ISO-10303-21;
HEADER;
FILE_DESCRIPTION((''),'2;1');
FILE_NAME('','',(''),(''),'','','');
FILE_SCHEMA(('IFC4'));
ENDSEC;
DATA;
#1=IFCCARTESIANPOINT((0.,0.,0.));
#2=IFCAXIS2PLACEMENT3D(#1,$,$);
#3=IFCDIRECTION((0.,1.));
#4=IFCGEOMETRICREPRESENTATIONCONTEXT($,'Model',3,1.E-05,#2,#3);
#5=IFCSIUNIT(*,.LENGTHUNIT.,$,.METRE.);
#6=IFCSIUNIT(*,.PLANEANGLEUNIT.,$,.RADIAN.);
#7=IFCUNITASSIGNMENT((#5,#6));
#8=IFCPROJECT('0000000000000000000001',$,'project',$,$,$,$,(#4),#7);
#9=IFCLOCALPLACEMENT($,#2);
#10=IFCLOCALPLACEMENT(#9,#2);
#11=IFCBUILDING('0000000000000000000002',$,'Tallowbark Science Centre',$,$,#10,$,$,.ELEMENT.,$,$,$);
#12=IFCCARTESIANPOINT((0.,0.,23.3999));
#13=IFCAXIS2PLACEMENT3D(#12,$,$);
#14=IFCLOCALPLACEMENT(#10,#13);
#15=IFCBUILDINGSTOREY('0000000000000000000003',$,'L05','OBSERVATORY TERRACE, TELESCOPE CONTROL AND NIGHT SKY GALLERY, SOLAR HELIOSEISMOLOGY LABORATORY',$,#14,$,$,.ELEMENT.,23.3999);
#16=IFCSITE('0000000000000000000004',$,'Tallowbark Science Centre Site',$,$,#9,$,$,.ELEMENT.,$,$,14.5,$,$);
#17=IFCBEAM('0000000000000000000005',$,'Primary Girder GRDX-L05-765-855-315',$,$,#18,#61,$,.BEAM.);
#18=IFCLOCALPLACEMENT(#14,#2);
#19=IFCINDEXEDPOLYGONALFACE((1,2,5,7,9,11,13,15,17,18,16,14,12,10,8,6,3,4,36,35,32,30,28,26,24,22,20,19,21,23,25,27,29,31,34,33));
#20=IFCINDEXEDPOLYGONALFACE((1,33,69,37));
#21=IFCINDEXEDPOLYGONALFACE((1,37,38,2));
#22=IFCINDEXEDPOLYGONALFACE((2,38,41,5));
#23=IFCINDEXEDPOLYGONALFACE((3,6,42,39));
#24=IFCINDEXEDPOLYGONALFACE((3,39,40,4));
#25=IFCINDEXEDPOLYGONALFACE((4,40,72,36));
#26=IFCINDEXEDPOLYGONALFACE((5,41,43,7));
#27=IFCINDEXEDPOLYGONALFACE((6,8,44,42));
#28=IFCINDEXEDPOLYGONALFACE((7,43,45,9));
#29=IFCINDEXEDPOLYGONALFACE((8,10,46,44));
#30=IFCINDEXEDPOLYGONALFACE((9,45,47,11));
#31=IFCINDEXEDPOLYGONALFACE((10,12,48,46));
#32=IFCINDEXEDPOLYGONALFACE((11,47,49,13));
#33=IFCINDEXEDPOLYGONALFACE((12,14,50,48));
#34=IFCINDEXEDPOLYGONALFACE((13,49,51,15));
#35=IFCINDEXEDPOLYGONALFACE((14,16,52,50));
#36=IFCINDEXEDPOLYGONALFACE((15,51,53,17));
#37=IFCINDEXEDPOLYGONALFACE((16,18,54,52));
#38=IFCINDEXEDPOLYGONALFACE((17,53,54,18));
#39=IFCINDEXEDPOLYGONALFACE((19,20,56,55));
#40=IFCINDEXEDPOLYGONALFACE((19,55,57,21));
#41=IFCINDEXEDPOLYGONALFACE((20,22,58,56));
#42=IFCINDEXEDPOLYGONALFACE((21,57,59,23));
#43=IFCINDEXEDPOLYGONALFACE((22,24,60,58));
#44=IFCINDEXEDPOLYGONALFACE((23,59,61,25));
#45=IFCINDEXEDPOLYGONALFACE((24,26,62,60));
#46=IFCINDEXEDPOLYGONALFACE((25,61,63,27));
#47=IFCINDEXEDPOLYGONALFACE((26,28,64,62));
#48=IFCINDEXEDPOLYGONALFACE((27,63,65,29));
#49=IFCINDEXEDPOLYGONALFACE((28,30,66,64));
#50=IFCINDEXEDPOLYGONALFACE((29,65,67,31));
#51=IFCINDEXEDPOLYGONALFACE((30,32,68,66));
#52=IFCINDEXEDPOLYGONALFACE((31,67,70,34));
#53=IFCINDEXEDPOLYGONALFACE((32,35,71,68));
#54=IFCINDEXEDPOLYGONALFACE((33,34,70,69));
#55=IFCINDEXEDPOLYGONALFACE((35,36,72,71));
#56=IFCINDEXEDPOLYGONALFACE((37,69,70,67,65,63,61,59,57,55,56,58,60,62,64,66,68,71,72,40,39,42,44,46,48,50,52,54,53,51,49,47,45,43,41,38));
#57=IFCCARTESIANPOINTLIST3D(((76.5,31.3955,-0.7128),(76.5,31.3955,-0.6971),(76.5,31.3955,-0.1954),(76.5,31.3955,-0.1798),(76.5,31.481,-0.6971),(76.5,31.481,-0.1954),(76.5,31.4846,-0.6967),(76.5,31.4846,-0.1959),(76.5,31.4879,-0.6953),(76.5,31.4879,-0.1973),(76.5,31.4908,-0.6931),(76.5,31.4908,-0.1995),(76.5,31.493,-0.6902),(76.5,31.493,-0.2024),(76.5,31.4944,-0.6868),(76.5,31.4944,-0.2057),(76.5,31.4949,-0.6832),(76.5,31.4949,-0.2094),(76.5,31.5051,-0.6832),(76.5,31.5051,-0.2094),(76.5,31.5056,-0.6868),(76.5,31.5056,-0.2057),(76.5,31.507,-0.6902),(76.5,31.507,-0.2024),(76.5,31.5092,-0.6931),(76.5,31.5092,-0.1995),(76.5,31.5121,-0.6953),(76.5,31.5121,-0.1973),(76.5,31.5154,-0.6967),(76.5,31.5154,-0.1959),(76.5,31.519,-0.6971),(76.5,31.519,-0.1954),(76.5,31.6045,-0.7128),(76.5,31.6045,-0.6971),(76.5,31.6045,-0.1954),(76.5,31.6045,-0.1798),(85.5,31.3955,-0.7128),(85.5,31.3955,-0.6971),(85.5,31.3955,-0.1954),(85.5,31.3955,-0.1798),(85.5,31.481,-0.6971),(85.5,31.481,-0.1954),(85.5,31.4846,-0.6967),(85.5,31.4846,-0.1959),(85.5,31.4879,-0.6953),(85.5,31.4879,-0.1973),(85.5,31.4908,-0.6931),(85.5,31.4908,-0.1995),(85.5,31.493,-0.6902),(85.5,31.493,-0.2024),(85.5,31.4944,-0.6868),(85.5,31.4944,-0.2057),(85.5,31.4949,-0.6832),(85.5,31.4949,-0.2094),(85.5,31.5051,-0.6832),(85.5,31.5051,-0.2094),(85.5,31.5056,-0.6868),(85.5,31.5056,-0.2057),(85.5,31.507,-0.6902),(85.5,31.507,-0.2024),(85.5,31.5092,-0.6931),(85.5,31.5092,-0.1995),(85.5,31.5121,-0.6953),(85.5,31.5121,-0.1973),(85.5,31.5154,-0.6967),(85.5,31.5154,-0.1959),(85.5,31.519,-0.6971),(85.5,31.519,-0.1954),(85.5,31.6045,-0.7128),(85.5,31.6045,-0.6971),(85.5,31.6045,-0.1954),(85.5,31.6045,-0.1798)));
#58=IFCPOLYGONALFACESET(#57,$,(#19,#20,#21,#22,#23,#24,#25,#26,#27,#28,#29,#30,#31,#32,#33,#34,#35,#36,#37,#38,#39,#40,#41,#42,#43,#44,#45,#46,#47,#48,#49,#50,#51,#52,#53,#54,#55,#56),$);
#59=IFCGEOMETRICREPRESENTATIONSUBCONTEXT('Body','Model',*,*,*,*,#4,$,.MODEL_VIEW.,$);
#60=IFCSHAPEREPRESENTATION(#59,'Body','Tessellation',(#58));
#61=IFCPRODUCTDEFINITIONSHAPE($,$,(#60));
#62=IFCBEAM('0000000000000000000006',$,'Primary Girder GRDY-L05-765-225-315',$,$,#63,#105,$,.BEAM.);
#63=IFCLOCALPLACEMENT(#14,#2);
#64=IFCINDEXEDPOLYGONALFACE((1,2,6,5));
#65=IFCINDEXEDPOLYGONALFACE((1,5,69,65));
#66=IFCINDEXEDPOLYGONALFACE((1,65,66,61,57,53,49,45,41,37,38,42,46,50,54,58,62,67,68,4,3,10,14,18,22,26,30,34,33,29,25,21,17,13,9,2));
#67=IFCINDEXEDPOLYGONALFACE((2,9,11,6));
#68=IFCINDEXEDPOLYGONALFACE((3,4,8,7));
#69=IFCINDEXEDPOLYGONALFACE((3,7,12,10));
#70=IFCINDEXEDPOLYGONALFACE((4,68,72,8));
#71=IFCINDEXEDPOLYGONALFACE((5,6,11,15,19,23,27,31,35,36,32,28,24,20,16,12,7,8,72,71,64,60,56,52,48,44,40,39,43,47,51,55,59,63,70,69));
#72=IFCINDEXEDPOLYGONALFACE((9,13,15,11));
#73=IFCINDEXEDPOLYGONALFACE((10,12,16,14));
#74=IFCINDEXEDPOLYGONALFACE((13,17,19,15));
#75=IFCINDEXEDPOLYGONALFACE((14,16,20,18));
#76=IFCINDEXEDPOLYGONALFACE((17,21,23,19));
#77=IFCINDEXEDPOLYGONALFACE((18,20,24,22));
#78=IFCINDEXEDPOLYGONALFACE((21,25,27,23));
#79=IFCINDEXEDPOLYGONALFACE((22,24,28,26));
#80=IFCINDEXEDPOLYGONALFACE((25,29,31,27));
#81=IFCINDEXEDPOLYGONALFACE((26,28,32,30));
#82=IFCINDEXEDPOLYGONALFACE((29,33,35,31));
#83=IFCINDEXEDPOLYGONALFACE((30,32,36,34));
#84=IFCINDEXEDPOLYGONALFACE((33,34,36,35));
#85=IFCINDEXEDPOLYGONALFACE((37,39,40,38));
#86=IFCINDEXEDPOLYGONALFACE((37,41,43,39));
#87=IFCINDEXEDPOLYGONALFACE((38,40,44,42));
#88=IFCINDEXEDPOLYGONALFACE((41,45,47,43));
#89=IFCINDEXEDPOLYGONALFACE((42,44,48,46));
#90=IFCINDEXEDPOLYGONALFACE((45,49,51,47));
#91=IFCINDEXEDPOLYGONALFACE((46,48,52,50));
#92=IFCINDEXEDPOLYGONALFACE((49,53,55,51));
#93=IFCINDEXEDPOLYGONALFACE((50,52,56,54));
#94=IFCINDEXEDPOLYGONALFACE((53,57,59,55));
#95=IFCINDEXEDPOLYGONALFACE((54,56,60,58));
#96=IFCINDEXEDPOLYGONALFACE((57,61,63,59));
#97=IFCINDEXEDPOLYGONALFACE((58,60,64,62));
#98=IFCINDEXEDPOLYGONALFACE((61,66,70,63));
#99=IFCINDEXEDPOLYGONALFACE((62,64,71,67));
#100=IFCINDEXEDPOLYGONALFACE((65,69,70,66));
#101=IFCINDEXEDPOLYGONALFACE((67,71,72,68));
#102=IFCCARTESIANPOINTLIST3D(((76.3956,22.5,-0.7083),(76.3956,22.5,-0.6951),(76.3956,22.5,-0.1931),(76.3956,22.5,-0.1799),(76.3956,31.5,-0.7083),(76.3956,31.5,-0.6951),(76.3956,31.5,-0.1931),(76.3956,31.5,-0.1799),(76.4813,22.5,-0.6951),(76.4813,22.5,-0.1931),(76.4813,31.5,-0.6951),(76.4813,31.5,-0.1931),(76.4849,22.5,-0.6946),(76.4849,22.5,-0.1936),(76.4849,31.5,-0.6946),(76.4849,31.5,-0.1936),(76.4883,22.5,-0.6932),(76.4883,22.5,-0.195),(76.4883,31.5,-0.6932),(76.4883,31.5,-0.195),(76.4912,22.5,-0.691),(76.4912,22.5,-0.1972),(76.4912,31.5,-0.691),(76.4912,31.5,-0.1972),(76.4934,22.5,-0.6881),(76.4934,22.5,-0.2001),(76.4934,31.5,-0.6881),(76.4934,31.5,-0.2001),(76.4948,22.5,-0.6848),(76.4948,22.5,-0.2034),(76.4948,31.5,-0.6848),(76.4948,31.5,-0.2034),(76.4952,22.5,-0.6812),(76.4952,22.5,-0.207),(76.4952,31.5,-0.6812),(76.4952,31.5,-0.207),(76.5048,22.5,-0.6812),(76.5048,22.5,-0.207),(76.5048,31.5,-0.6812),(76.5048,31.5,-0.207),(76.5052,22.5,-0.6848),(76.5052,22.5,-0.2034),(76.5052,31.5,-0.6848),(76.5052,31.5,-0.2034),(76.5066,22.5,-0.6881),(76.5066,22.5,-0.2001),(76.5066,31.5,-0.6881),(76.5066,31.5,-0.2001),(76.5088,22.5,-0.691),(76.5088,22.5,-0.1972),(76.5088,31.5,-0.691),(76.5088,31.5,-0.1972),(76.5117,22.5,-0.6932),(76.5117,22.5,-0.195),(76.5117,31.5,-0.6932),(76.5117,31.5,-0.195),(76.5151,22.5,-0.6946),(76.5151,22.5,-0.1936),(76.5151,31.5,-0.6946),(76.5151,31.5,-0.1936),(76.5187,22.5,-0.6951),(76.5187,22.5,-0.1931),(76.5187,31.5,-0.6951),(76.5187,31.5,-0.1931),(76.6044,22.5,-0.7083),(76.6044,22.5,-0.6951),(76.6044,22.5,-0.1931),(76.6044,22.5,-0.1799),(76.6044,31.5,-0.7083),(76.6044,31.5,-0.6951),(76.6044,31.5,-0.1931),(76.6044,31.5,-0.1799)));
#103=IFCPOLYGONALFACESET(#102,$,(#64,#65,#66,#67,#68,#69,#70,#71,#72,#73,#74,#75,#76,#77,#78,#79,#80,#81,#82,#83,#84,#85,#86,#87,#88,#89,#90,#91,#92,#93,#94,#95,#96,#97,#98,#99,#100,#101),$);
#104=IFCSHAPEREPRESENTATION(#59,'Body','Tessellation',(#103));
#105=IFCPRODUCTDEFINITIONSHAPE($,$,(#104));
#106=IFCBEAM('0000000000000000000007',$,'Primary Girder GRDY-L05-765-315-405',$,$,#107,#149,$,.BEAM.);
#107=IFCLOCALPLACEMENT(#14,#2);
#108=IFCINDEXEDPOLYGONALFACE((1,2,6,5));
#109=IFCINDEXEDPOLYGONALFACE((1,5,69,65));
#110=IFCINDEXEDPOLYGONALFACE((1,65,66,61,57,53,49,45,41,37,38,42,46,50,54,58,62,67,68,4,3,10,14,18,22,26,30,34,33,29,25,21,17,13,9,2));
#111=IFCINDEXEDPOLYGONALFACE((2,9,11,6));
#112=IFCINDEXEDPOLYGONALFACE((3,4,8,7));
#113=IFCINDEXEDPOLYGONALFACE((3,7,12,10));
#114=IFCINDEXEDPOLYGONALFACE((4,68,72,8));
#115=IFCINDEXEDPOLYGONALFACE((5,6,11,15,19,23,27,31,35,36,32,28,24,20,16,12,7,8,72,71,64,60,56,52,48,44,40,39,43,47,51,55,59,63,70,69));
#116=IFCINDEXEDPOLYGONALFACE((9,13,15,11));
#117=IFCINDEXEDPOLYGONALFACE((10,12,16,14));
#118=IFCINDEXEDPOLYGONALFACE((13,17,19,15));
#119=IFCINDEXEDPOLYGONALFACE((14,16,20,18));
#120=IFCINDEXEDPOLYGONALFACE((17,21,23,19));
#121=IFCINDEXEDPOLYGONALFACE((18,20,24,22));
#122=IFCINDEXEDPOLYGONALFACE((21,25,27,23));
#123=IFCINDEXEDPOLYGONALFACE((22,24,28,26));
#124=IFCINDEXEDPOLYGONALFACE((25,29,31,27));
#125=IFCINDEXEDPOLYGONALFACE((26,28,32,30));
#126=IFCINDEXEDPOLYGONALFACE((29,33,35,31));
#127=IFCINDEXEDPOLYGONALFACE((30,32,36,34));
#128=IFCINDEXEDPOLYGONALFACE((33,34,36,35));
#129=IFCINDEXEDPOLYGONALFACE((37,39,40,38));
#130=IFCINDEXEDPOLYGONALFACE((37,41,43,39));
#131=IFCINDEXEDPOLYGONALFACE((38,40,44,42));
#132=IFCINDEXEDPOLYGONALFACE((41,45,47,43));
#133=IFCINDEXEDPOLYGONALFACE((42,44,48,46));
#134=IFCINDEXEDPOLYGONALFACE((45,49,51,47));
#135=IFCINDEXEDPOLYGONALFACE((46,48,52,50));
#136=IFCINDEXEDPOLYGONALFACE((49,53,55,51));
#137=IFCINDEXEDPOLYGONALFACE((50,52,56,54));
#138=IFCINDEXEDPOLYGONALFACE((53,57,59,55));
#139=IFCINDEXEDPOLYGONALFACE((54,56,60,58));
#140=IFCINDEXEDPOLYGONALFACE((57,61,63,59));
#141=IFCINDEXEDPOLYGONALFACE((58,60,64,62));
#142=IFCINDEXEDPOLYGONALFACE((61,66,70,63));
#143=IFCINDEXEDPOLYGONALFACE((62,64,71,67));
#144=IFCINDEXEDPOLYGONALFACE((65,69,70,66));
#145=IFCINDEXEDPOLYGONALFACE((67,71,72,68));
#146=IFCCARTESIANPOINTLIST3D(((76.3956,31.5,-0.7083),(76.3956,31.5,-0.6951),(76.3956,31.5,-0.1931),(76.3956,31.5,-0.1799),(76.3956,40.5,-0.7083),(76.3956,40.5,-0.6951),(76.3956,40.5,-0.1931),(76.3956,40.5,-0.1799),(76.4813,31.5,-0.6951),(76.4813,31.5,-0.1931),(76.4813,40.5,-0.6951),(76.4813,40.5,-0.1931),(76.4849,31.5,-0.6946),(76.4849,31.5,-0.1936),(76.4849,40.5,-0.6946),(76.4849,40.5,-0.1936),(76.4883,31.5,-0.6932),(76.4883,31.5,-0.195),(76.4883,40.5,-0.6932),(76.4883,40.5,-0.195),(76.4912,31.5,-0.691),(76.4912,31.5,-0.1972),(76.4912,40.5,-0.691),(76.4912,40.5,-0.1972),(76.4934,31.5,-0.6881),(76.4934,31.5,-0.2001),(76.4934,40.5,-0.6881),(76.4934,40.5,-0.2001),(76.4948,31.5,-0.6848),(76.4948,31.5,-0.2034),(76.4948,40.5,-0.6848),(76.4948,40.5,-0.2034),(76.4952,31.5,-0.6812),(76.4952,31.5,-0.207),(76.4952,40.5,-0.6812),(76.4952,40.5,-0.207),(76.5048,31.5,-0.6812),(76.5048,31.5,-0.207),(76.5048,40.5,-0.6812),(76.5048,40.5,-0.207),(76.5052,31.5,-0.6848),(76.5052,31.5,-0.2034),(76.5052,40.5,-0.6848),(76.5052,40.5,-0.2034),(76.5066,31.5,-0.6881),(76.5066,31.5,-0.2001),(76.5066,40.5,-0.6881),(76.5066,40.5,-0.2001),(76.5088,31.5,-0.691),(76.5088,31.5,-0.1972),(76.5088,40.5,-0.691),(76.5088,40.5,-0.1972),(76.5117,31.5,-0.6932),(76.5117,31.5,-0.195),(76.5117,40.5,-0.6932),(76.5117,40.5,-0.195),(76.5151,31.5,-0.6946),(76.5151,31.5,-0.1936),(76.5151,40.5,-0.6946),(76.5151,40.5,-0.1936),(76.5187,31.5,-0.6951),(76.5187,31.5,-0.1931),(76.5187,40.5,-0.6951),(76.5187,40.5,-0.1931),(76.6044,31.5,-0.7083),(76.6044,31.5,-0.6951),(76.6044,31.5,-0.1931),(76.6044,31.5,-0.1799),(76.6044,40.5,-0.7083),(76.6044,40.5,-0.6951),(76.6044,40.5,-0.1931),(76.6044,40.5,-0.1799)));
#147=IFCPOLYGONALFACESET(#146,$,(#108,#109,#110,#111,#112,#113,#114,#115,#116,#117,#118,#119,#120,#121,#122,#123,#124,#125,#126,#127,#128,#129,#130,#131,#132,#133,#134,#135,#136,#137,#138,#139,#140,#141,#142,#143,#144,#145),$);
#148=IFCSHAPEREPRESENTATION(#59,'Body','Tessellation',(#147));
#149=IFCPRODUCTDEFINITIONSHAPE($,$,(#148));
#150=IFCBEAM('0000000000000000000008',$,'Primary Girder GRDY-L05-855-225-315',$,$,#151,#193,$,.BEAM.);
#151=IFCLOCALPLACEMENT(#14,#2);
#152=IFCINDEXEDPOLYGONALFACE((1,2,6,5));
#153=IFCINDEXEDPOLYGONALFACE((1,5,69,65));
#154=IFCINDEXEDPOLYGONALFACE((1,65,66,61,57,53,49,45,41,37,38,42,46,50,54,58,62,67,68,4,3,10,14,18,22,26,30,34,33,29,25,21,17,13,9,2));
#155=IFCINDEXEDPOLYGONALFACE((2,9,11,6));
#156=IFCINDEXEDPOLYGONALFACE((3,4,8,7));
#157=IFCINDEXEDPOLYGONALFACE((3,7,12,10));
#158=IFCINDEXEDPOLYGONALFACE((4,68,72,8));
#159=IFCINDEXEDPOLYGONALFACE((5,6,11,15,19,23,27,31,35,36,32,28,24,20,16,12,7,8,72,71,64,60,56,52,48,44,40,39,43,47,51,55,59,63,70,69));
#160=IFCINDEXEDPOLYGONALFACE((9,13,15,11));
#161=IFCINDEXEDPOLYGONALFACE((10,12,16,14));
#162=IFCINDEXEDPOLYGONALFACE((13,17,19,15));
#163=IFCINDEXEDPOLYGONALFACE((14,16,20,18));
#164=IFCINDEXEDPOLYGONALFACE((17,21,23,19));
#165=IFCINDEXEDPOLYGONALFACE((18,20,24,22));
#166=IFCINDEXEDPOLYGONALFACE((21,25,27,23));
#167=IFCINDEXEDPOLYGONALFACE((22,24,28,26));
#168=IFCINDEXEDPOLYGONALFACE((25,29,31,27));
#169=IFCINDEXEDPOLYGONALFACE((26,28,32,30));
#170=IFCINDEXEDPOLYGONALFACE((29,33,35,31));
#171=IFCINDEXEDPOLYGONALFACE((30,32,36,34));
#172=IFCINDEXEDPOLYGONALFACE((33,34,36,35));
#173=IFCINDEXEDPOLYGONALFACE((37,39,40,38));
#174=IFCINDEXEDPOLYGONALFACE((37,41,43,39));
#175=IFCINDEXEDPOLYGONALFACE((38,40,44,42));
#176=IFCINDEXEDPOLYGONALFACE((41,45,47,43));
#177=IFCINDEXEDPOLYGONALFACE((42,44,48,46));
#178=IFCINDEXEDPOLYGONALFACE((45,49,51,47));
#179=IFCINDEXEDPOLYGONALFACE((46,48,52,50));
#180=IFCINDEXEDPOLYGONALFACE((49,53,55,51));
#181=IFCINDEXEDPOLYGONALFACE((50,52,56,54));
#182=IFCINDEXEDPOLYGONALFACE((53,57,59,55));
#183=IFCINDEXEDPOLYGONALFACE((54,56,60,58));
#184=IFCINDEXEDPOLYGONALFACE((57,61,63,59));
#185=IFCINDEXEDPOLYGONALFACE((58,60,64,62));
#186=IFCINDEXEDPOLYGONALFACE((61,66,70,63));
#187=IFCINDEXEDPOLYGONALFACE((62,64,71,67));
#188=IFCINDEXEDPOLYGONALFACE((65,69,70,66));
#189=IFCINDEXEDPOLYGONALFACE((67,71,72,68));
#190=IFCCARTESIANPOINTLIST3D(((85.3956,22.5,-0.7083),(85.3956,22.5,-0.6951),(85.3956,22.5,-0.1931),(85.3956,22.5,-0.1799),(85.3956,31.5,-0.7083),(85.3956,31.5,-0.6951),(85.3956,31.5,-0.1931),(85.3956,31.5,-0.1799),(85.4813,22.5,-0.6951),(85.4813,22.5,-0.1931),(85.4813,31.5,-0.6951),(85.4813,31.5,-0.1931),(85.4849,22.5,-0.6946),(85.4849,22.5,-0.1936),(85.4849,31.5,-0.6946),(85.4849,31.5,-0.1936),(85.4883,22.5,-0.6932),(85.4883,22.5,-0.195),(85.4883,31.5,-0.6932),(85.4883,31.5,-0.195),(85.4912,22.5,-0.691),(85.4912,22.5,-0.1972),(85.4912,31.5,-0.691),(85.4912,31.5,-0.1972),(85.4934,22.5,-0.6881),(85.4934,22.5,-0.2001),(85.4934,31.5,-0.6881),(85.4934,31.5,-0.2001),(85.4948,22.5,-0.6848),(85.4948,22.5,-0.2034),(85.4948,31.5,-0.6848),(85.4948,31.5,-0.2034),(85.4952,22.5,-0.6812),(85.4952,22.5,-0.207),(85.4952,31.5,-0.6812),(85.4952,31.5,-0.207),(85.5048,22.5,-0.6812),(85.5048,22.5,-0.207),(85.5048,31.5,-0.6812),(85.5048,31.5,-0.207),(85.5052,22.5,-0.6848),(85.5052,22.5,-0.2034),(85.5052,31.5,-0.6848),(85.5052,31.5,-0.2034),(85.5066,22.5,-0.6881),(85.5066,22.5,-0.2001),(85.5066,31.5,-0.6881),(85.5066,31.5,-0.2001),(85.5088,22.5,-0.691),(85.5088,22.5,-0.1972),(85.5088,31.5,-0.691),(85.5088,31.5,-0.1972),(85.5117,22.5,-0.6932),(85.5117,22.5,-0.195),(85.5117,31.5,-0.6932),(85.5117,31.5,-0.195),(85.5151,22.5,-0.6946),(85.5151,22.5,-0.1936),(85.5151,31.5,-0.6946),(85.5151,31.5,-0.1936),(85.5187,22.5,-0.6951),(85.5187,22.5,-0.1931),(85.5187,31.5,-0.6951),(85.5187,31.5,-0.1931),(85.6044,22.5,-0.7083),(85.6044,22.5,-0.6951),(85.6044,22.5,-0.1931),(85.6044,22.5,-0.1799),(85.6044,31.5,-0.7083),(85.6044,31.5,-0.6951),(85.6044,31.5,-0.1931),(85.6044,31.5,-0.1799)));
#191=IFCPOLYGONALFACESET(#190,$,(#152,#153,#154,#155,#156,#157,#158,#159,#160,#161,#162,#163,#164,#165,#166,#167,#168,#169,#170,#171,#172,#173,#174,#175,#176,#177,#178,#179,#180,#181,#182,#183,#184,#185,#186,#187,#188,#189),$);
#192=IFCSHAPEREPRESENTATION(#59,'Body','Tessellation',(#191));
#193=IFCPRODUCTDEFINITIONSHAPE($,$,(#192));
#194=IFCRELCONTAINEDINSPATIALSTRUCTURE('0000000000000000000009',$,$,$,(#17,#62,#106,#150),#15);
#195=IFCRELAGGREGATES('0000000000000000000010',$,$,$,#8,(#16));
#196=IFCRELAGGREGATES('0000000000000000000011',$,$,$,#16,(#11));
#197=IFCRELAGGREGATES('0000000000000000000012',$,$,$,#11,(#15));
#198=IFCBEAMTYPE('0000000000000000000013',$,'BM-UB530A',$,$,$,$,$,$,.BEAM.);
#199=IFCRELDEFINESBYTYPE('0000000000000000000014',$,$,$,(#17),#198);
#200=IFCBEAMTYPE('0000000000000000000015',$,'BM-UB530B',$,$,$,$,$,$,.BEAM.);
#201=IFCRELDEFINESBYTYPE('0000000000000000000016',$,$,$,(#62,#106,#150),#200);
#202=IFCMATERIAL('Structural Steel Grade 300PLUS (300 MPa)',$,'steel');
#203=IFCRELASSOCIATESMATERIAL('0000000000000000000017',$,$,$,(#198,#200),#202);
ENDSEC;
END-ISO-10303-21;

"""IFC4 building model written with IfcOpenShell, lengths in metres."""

from ifc_helpers import new_model, si_unit, direction, frame, origin, origin_2d, place, context, subcontext, project, spatial, i_section, extrude, material, material_profile, profile_set, type_object, element, save


model = new_model("IFC4")

# Units and contexts
model_context = context("Model", 3, precision=1e-05, world=origin(), true_north=direction((0.0, 1.0)))
body_context = subcontext(model_context, "Body", "Model", "MODEL_VIEW")
ifc_project = project(units=[si_unit("LENGTHUNIT", "METRE"), si_unit("PLANEANGLEUNIT", "RADIAN")], contexts=[model_context])

# Site, building, storey
site_placement = place(None, origin())
site = spatial("IfcSite", under=ifc_project, at=site_placement, Name="Tallowbark Science Centre Site", CompositionType="ELEMENT", RefElevation=14.5)
building_placement = place(site_placement, origin())
building = spatial("IfcBuilding", under=site, at=building_placement, Name="Tallowbark Science Centre", CompositionType="ELEMENT")
storey_placement = place(building_placement, frame((0.0, 0.0, 23.3999)))
storey = spatial("IfcBuildingStorey", under=building, at=storey_placement, Name="L05", Description="OBSERVATORY TERRACE, TELESCOPE CONTROL AND NIGHT SKY GALLERY, SOLAR HELIOSEISMOLOGY LABORATORY", CompositionType="ELEMENT", Elevation=23.3999)

# Shared definitions
ifc_material_1 = material(Name="Structural Steel Grade 300PLUS (300 MPa)", Category="steel")

# Beams
ifc_material_profile_1 = material_profile(ifc_material_1, i_section(OverallWidth=0.209, OverallDepth=0.533, WebThickness=0.0103, FlangeThickness=0.0156, FilletRadius=0.0139, at=origin_2d()), Name="530UB92.4")
ifc_profile_set_1 = profile_set([ifc_material_profile_1], Name="Structural Steel Grade 300PLUS (300 MPa)")
beam_type_1 = type_object("IfcBeamType", Name="BM-UB530A", PredefinedType="BEAM", material=ifc_profile_set_1)
for number, where, z_axis, x_axis, name in (
    (1, (76.5, 31.5, -0.4463), (1.0, 0.0, 0.0), (0.0, 1.0, 0.0), "Primary Girder GRDX-L05-765-855-315"),
):
    element("IfcBeam", number, at=place(storey_placement, frame(where, z_axis=z_axis, x_axis=x_axis)), inside=storey, type_object=beam_type_1, Name=name, PredefinedType="BEAM", context=body_context, shape_type="SweptSolid", body=[
        extrude(i_section(OverallWidth=0.209, OverallDepth=0.533, WebThickness=0.0103, FlangeThickness=0.0156, FilletRadius=0.0139, at=origin_2d()), origin(), (0.0, 0.0, 1.0), 9.0),
    ])
ifc_material_profile_2 = material_profile(ifc_material_1, i_section(OverallWidth=0.2087, OverallDepth=0.5283, WebThickness=0.0095, FlangeThickness=0.0132, FilletRadius=0.0139, at=origin_2d()), Name="530UB82.0")
ifc_profile_set_2 = profile_set([ifc_material_profile_2], Name="Structural Steel Grade 300PLUS (300 MPa)")
beam_type_2 = type_object("IfcBeamType", Name="BM-UB530B", PredefinedType="BEAM", material=ifc_profile_set_2)
for number, where, z_axis, x_axis, name in (
    (2, (76.5, 22.5, -0.4441), (0.0, 1.0, 0.0), (-1.0, 0.0, 0.0), "Primary Girder GRDY-L05-765-225-315"),
    (3, (76.5, 31.5, -0.4441), (0.0, 1.0, 0.0), (-1.0, 0.0, 0.0), "Primary Girder GRDY-L05-765-315-405"),
    (4, (85.5, 22.5, -0.4441), (0.0, 1.0, 0.0), (-1.0, 0.0, 0.0), "Primary Girder GRDY-L05-855-225-315"),
):
    element("IfcBeam", number, at=place(storey_placement, frame(where, z_axis=z_axis, x_axis=x_axis)), inside=storey, type_object=beam_type_2, Name=name, PredefinedType="BEAM", context=body_context, shape_type="SweptSolid", body=[
        extrude(i_section(OverallWidth=0.2087, OverallDepth=0.5283, WebThickness=0.0095, FlangeThickness=0.0132, FilletRadius=0.0139, at=origin_2d()), origin(), (0.0, 0.0, 1.0), 9.0),
    ])

save(model, "model.ifc")
